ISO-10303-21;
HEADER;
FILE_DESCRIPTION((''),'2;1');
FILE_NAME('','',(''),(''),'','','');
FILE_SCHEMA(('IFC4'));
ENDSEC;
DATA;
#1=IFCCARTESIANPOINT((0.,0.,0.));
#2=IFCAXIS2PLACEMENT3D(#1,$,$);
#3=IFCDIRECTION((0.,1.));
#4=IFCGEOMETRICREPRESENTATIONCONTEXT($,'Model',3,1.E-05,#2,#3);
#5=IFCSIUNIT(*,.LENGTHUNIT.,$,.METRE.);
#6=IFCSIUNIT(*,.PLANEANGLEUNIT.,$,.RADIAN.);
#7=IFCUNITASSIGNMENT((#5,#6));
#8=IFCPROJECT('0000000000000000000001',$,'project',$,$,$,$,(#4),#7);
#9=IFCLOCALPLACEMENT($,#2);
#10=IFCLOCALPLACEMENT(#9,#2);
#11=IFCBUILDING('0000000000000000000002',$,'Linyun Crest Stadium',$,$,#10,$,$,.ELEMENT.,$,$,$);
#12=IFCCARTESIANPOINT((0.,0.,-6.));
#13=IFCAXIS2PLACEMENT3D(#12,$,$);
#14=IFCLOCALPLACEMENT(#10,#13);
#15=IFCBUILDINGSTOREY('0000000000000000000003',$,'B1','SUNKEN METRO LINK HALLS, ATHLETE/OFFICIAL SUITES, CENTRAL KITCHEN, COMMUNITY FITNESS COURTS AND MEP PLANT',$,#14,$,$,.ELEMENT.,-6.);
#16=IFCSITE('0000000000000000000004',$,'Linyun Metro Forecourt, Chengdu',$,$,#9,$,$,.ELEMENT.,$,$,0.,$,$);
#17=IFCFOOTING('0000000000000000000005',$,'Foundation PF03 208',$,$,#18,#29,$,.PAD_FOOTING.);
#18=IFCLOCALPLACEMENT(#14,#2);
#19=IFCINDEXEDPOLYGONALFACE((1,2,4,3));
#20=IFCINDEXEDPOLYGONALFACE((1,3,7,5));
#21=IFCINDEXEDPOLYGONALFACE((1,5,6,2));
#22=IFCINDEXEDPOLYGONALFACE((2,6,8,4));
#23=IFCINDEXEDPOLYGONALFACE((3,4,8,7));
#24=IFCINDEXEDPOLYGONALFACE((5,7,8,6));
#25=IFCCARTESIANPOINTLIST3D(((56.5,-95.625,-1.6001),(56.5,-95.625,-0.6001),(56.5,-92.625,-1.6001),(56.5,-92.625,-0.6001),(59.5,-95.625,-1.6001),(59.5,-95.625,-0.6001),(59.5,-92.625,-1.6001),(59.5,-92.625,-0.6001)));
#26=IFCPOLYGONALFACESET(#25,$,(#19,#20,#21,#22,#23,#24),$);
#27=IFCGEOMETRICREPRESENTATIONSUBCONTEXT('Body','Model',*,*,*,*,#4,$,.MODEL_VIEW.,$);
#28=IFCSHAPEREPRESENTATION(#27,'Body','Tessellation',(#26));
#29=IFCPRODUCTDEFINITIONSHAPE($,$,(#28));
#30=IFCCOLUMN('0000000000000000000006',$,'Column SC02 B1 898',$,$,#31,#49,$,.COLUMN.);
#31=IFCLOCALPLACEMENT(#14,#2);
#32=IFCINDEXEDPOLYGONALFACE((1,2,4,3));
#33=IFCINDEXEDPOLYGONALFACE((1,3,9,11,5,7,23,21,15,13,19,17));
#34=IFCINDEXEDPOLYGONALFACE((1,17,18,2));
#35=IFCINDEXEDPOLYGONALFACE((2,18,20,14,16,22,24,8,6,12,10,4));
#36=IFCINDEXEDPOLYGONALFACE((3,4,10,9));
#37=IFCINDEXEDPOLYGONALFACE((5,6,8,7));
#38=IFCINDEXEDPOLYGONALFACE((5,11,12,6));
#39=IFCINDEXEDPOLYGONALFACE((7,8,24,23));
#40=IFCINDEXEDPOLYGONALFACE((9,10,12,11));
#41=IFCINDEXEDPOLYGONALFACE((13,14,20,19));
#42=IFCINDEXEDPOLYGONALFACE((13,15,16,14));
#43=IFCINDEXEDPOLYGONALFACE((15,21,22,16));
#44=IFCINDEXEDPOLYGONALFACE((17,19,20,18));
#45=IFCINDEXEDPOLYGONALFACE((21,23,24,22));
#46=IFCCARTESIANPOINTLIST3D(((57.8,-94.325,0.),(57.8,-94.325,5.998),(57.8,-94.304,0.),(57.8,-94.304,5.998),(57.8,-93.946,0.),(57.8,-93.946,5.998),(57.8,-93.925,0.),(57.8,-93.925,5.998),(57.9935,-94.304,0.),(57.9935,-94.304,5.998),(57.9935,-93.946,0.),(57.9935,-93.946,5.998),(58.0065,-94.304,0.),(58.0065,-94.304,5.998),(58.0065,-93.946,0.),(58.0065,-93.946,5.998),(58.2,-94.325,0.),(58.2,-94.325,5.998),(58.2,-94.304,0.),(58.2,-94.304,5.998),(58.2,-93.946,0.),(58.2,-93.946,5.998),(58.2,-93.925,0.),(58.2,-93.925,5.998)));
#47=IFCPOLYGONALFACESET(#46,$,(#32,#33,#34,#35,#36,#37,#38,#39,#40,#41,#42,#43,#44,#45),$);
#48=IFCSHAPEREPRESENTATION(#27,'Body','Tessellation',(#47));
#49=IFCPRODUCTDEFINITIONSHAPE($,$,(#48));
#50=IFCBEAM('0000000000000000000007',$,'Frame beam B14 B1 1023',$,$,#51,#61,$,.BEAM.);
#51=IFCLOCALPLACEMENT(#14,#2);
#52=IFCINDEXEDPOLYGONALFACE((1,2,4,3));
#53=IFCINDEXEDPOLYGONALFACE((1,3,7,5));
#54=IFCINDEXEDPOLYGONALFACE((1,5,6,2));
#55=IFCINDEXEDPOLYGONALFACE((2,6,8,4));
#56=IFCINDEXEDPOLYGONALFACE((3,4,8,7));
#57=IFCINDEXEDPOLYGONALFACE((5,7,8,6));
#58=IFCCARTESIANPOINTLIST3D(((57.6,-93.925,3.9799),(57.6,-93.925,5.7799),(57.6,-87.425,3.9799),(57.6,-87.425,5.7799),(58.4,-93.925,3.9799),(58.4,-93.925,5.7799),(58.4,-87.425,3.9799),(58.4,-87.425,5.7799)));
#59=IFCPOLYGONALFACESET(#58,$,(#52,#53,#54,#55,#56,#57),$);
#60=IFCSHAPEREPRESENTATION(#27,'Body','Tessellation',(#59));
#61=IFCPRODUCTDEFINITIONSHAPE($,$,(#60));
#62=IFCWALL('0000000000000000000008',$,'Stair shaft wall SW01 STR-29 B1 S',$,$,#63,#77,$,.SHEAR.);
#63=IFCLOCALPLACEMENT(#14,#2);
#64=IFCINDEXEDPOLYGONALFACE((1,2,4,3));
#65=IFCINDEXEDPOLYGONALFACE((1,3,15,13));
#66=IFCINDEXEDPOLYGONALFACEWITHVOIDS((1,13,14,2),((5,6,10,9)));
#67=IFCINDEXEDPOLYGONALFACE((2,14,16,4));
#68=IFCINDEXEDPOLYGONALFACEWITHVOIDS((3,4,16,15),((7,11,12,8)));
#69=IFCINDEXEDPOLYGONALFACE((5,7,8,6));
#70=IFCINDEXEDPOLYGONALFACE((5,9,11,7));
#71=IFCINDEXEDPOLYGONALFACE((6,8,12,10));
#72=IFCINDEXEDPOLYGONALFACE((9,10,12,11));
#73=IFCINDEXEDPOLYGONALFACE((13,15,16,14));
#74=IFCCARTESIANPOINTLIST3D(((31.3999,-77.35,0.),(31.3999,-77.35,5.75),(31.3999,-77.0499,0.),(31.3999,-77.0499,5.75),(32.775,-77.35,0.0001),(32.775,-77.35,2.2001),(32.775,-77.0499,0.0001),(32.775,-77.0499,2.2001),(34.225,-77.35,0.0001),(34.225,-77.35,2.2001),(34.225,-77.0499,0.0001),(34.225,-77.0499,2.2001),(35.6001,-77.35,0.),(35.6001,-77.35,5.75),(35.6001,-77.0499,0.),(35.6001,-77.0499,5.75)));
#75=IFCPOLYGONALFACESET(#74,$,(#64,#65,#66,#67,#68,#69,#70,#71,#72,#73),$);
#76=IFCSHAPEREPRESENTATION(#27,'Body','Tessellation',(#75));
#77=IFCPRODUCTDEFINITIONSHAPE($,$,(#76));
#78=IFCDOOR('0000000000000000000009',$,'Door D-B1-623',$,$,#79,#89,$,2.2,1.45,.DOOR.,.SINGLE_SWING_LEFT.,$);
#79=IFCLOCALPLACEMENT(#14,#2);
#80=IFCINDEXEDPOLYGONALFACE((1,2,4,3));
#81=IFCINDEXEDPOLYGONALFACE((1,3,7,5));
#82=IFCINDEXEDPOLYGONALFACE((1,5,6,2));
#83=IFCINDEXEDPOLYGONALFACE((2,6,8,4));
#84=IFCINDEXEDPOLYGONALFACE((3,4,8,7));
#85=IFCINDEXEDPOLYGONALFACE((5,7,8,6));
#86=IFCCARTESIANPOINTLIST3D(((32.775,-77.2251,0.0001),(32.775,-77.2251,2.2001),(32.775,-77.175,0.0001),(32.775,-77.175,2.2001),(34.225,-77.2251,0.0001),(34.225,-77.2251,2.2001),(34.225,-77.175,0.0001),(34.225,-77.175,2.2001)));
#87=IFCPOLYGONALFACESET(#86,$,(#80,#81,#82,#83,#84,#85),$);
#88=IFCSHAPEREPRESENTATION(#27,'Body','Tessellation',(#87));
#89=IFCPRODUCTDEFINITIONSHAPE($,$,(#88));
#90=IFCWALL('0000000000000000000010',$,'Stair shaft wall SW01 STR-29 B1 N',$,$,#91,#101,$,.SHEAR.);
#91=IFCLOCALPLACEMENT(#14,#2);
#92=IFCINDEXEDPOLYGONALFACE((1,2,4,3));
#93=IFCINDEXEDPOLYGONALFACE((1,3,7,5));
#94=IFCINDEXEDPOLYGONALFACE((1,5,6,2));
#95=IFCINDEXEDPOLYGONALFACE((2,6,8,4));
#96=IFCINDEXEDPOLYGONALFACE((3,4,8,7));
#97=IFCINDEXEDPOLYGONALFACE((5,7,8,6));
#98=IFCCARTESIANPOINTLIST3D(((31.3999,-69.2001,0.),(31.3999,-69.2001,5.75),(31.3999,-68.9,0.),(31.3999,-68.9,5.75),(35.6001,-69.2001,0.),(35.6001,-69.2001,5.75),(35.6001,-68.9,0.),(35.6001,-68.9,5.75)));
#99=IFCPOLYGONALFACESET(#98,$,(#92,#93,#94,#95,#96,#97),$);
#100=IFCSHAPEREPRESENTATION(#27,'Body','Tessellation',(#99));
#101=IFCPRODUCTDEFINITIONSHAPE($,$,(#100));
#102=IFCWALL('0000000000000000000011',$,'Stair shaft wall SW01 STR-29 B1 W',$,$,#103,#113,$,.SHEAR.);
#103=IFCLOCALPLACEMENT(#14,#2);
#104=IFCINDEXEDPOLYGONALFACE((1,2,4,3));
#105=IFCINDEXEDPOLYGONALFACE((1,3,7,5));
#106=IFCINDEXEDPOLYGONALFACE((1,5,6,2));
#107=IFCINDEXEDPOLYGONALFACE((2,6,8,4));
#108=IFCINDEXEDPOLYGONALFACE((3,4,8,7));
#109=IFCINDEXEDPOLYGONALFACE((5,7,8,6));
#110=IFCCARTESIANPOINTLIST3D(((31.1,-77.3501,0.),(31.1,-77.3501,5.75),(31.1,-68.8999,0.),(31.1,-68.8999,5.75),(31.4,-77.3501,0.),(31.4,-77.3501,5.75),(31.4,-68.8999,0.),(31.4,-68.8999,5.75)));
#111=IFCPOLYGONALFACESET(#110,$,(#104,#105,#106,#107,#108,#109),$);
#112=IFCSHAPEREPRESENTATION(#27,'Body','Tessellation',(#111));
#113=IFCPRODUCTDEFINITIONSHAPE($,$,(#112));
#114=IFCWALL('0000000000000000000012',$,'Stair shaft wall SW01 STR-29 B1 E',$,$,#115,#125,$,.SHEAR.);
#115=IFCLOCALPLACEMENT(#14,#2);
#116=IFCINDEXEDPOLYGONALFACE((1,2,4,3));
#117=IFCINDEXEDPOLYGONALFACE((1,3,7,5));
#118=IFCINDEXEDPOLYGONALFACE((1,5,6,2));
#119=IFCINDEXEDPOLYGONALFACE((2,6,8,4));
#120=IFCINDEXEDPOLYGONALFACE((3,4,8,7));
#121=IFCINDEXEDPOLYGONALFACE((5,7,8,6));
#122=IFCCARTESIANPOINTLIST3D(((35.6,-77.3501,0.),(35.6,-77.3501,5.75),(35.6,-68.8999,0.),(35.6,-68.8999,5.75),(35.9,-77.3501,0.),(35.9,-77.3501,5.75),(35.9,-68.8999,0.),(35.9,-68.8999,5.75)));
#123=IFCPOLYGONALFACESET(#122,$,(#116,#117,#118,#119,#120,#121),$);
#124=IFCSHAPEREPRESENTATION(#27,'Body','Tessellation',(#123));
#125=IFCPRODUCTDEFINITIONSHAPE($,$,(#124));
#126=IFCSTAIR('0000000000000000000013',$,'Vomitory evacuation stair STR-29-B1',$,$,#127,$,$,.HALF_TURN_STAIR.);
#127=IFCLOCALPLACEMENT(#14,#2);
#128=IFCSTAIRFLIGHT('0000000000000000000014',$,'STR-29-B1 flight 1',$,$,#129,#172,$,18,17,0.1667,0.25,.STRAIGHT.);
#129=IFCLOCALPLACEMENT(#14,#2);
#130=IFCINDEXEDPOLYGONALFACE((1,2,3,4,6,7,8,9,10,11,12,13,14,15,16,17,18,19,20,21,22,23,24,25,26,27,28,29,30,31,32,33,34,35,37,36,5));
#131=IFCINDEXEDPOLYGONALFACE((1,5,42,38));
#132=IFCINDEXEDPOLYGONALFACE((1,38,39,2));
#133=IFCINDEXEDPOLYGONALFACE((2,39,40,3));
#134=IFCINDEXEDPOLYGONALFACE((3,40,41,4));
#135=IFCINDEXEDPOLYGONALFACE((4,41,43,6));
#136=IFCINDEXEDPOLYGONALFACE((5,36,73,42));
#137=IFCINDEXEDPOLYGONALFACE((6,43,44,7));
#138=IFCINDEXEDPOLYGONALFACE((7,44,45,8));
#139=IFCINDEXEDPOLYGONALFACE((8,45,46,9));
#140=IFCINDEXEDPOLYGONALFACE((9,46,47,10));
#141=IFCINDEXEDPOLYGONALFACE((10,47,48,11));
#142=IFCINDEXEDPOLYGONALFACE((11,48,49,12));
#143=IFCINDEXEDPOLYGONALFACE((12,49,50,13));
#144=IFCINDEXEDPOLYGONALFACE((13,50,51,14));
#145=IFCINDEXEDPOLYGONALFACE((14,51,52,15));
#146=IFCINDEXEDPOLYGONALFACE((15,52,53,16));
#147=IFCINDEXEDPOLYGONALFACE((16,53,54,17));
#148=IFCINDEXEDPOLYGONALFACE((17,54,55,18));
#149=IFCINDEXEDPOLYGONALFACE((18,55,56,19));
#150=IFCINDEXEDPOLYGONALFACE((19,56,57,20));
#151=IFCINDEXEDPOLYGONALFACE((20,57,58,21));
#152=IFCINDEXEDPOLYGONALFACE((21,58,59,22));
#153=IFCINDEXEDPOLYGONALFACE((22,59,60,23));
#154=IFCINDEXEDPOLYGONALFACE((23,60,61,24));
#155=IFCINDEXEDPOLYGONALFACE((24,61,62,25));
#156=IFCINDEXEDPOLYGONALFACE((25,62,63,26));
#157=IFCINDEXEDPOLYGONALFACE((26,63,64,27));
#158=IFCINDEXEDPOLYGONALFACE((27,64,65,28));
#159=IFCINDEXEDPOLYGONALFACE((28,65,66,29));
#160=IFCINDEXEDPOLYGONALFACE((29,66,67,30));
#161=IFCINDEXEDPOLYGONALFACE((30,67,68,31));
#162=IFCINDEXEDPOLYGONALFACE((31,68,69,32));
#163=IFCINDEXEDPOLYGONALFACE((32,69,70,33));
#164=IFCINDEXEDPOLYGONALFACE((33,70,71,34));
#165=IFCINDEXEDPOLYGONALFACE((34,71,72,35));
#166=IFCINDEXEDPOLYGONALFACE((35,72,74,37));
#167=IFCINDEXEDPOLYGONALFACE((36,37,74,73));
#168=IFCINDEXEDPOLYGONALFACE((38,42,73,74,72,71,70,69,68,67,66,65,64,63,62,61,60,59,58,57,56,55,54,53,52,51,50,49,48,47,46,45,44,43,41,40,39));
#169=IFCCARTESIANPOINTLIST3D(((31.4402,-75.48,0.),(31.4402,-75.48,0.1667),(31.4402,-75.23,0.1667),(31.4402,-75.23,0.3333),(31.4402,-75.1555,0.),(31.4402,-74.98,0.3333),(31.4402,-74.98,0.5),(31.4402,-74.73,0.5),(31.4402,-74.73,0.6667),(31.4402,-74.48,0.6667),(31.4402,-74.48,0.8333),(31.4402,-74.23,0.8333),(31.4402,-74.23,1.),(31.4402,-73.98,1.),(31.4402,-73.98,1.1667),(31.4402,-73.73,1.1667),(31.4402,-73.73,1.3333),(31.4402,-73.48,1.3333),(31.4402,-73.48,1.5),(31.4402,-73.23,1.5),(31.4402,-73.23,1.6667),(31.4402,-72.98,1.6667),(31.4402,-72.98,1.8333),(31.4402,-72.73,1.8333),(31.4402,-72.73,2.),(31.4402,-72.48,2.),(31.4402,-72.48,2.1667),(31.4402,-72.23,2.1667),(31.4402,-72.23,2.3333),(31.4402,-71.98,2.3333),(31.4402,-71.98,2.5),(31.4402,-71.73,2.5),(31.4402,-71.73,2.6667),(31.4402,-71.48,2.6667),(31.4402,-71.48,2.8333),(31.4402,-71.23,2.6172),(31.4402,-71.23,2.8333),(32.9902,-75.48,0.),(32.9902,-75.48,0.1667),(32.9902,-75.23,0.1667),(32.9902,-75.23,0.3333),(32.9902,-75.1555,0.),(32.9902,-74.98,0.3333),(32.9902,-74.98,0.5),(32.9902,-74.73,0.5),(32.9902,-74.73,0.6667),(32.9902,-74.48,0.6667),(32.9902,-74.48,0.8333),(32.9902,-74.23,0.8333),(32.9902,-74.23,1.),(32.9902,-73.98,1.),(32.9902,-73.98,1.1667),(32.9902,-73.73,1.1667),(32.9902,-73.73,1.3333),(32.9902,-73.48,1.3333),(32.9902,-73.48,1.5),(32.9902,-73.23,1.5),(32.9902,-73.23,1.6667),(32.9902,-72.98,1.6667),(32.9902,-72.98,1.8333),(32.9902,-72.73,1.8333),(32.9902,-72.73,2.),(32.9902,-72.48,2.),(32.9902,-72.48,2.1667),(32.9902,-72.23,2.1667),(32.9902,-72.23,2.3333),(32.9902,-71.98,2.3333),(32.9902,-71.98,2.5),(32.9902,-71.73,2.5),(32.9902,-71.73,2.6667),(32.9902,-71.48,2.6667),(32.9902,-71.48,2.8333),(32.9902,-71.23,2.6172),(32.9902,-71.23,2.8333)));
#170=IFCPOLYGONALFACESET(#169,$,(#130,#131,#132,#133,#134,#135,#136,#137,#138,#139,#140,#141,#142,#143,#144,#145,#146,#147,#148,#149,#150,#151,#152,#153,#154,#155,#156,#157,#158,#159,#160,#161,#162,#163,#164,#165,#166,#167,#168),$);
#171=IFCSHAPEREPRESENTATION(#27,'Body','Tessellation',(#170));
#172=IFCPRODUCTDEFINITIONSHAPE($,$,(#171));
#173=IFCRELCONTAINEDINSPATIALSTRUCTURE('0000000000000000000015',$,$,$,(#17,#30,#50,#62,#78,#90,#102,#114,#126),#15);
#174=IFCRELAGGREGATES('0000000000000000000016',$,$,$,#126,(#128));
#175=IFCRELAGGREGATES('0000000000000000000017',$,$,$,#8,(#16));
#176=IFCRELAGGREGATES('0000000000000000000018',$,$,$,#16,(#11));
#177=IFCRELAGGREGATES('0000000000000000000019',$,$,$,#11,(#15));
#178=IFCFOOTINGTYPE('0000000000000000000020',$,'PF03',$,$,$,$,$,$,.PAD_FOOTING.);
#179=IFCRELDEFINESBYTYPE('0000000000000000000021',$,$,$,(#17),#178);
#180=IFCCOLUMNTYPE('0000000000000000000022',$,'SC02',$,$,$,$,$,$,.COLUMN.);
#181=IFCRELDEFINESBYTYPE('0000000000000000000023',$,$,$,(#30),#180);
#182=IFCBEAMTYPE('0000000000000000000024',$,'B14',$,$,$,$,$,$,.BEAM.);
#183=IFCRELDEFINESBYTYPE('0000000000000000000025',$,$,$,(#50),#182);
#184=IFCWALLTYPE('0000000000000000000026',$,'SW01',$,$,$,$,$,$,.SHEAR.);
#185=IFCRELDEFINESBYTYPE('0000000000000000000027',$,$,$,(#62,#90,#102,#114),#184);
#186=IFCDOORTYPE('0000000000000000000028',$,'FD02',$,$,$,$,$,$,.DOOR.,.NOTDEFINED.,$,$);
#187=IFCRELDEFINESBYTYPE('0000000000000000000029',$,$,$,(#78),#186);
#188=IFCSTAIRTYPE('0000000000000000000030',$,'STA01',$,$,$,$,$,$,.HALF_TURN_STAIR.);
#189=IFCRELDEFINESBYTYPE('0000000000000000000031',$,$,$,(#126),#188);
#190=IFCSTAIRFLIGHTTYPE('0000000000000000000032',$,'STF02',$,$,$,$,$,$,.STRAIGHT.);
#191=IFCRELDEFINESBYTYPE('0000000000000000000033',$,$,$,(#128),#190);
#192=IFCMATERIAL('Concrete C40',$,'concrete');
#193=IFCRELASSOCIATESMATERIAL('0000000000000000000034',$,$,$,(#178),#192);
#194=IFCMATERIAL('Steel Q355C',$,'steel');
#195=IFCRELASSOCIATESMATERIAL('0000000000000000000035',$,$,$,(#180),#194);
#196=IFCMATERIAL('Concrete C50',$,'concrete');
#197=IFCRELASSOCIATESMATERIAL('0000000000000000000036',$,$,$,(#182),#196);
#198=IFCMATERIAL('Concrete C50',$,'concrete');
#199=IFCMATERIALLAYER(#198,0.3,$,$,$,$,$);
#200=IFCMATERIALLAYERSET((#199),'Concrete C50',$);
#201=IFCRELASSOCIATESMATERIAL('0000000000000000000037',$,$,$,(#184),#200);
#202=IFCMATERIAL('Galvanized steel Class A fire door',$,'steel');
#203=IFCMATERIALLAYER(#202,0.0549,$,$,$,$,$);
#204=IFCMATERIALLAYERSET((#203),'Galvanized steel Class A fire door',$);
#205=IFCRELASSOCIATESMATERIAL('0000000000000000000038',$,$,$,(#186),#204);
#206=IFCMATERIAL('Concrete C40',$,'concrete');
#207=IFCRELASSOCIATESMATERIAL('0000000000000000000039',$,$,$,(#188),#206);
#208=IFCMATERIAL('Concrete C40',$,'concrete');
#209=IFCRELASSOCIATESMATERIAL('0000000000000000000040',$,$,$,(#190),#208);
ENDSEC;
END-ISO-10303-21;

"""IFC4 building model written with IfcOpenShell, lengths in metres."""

from ifc_helpers import new_model, si_unit, direction, frame, frame_2d, origin, origin_2d, place, context, subcontext, project, spatial, polyline, rectangle, i_section, outline, extrude, material, layer, layer_set, material_profile, profile_set, type_object, element, fill, aggregate, save


model = new_model("IFC4")

# Units and contexts
model_context = context("Model", 3, precision=1e-05, world=origin(), true_north=direction((0.0, 1.0)))
body_context = subcontext(model_context, "Body", "Model", "MODEL_VIEW")
ifc_project = project(units=[si_unit("LENGTHUNIT", "METRE"), si_unit("PLANEANGLEUNIT", "RADIAN")], contexts=[model_context])

# Site, building, storey
site_placement = place(None, origin())
site = spatial("IfcSite", under=ifc_project, at=site_placement, Name="Linyun Metro Forecourt, Chengdu", CompositionType="ELEMENT", RefElevation=0.0)
building_placement = place(site_placement, origin())
building = spatial("IfcBuilding", under=site, at=building_placement, Name="Linyun Crest Stadium", CompositionType="ELEMENT")
storey_placement = place(building_placement, frame((0.0, 0.0, -6.0)))
storey = spatial("IfcBuildingStorey", under=building, at=storey_placement, Name="B1", Description="SUNKEN METRO LINK HALLS, ATHLETE/OFFICIAL SUITES, CENTRAL KITCHEN, COMMUNITY FITNESS COURTS AND MEP PLANT", CompositionType="ELEMENT", Elevation=-6.0)

# Footing
ifc_material_1 = material(Name="Concrete C40", Category="concrete")
footing_type_1 = type_object("IfcFootingType", Name="PF03", PredefinedType="PAD_FOOTING", material=ifc_material_1)
footing_1_placement = place(storey_placement, frame((58.0, -94.125, -1.6001), z_axis=(0.0, 0.0, 1.0), x_axis=(1.0, 0.0, 0.0)))
element("IfcFooting", 1, at=footing_1_placement, inside=storey, type_object=footing_type_1, Name="Foundation PF03 208", PredefinedType="PAD_FOOTING", context=body_context, shape_type="SweptSolid", body=[
    extrude(rectangle(XDim=3.0, YDim=3.0, at=origin_2d()), origin(), (0.0, 0.0, 1.0), 1.0),
])

# Column
ifc_material_2 = material(Name="Steel Q355C", Category="steel")
ifc_material_profile_1 = material_profile(ifc_material_2, i_section(OverallWidth=0.3999, OverallDepth=0.3999, WebThickness=0.0129, FlangeThickness=0.021, at=origin_2d()), Name="HW 400x400")
ifc_profile_set_1 = profile_set([ifc_material_profile_1], Name="Steel Q355C")
column_type = type_object("IfcColumnType", Name="SC02", PredefinedType="COLUMN", material=ifc_profile_set_1)
column_placement = place(storey_placement, frame((58.0, -94.125, 0.0), z_axis=(0.0, 0.0, 1.0), x_axis=(1.0, 0.0, 0.0)))
element("IfcColumn", 2, at=column_placement, inside=storey, type_object=column_type, Name="Column SC02 B1 898", PredefinedType="COLUMN", context=body_context, shape_type="SweptSolid", body=[
    extrude(i_section(OverallWidth=0.3999, OverallDepth=0.3999, WebThickness=0.0129, FlangeThickness=0.021, at=origin_2d()), origin(), (0.0, 0.0, 1.0), 5.998),
])

# Beam
ifc_material_3 = material(Name="Concrete C50", Category="concrete")
ifc_material_profile_2 = material_profile(ifc_material_3, rectangle(XDim=0.8, YDim=1.8, at=origin_2d()), Name="RCB 1800x800")
ifc_profile_set_2 = profile_set([ifc_material_profile_2], Name="Concrete C50")
beam_type = type_object("IfcBeamType", Name="B14", PredefinedType="BEAM", material=ifc_profile_set_2)
beam_placement = place(storey_placement, frame((58.0, -93.925, 4.8799), z_axis=(0.0, 1.0, 0.0), x_axis=(-1.0, 0.0, 0.0)))
element("IfcBeam", 3, at=beam_placement, inside=storey, type_object=beam_type, Name="Frame beam B14 B1 1023", PredefinedType="BEAM", context=body_context, shape_type="SweptSolid", body=[
    extrude(rectangle(XDim=0.8, YDim=1.8, at=origin_2d()), origin(), (0.0, 0.0, 1.0), 6.5),
])

# Wall, opening, door
ifc_material_4 = material(Name="Concrete C50", Category="concrete")
ifc_layer_1 = layer(ifc_material_4, 0.3)
ifc_layer_set_1 = layer_set([ifc_layer_1], Name="Concrete C50")
wall_type = type_object("IfcWallType", Name="SW01", PredefinedType="SHEAR", material=ifc_layer_set_1)
wall_1_placement = place(storey_placement, frame((31.3999, -77.2, 0.0), z_axis=(0.0, 0.0, 1.0), x_axis=(1.0, 0.0, 0.0)))
wall_1 = element("IfcWall", 4, at=wall_1_placement, inside=storey, type_object=wall_type, Name="Stair shaft wall SW01 STR-29 B1 S", PredefinedType="SHEAR", context=body_context, shape_type="SweptSolid", body=[
    extrude(rectangle(XDim=4.2002, YDim=0.3, at=frame_2d((2.1001, 0.0))), origin(), (0.0, 0.0, 1.0), 5.75),
])
opening_placement = place(wall_1_placement, frame((1.375, 0.0, 0.0)))
opening = element("IfcOpeningElement", 5, at=opening_placement, cuts=wall_1, PredefinedType="OPENING", context=body_context, shape_type="SweptSolid", body=[
    extrude(rectangle(XDim=1.45, YDim=2.2, at=frame_2d((0.7251, 1.1001))), frame((0.0, 0.1599, 0.0), z_axis=(0.0, -1.0, 0.0), x_axis=(1.0, 0.0, 0.0)), (0.0, 0.0, 1.0), 0.3201),
])
ifc_material_5 = material(Name="Galvanized steel Class A fire door", Category="steel")
ifc_layer_2 = layer(ifc_material_5, 0.0549)
ifc_layer_set_2 = layer_set([ifc_layer_2], Name="Galvanized steel Class A fire door")
door_type = type_object("IfcDoorType", Name="FD02", OperationType="NOTDEFINED", PredefinedType="DOOR", material=ifc_layer_set_2)
door_placement = place(opening_placement, origin())
door = element("IfcDoor", 6, at=door_placement, inside=storey, type_object=door_type, Name="Door D-B1-623", OperationType="SINGLE_SWING_LEFT", OverallHeight=2.2, OverallWidth=1.45, PredefinedType="DOOR", context=body_context, shape_type="SweptSolid", body=[
    extrude(rectangle(XDim=1.45, YDim=2.2, at=frame_2d((0.7251, 1.1001))), frame((0.0, 0.0249, 0.0), z_axis=(0.0, -1.0, 0.0), x_axis=(1.0, 0.0, 0.0)), (0.0, 0.0, 1.0), 0.05),
])
fill(opening, door)

# Walls
wall_2_placement = place(storey_placement, frame((31.3999, -69.05, 0.0), z_axis=(0.0, 0.0, 1.0), x_axis=(1.0, 0.0, 0.0)))
element("IfcWall", 7, at=wall_2_placement, inside=storey, type_object=wall_type, Name="Stair shaft wall SW01 STR-29 B1 N", PredefinedType="SHEAR", context=body_context, shape_type="SweptSolid", body=[
    extrude(rectangle(XDim=4.2002, YDim=0.3, at=frame_2d((2.1001, 0.0))), origin(), (0.0, 0.0, 1.0), 5.75),
])
for number, where, z_axis, x_axis, name in (
    (8, (31.25, -77.3501, 0.0), (0.0, 0.0, 1.0), (0.0, 1.0, 0.0), "Stair shaft wall SW01 STR-29 B1 W"),
    (9, (35.75, -77.3501, 0.0), (0.0, 0.0, 1.0), (0.0, 1.0, 0.0), "Stair shaft wall SW01 STR-29 B1 E"),
):
    element("IfcWall", number, at=place(storey_placement, frame(where, z_axis=z_axis, x_axis=x_axis)), inside=storey, type_object=wall_type, Name=name, PredefinedType="SHEAR", context=body_context, shape_type="SweptSolid", body=[
        extrude(rectangle(XDim=8.4502, YDim=0.3, at=frame_2d((4.2251, 0.0))), origin(), (0.0, 0.0, 1.0), 5.75),
    ])

# Stair, stair flight
ifc_material_6 = material(Name="Concrete C40", Category="concrete")
stair_type = type_object("IfcStairType", Name="STA01", PredefinedType="HALF_TURN_STAIR", material=ifc_material_6)
stair_placement = place(storey_placement, origin())
stair = element("IfcStair", 10, at=stair_placement, inside=storey, type_object=stair_type, Name="Vomitory evacuation stair STR-29-B1", PredefinedType="HALF_TURN_STAIR")
ifc_material_7 = material(Name="Concrete C40", Category="concrete")
stair_flight_type = type_object("IfcStairFlightType", Name="STF02", PredefinedType="STRAIGHT", material=ifc_material_7)
stair_flight_1_placement = place(storey_placement, frame((32.2151, -75.48, 0.0), z_axis=(0.0, 0.0, 1.0), x_axis=(0.0, 1.0, 0.0)))
stair_flight_1 = element("IfcStairFlight", 11, at=stair_flight_1_placement, type_object=stair_flight_type, Name="STR-29-B1 flight 1", NumberOfRisers=18, NumberOfTreads=17, PredefinedType="STRAIGHT", RiserHeight=0.1667, TreadLength=0.25, context=body_context, shape_type="SweptSolid", body=[
    extrude(outline(polyline([(0.0, 0.0), (0.0, 0.1667), (0.25, 0.1667), (0.25, 0.3333), (0.5, 0.3333), (0.5, 0.5), (0.75, 0.5), (0.75, 0.6667), (1.0, 0.6667), (1.0, 0.8333), (1.25, 0.8333), (1.25, 1.0), (1.5, 1.0), (1.5, 1.1667), (1.75, 1.1667), (1.75, 1.3333), (2.0, 1.3333), (2.0, 1.5), (2.25, 1.5), (2.25, 1.6667), (2.5, 1.6667), (2.5, 1.8333), (2.75, 1.8333), (2.75, 2.0), (3.0, 2.0), (3.0, 2.1667), (3.25, 2.1667), (3.25, 2.3333), (3.5, 2.3333), (3.5, 2.5), (3.75, 2.5), (3.75, 2.6667), (4.0, 2.6667), (4.0, 2.8333), (4.25, 2.8333), (4.25, 3.0), (4.25, 2.6172), (0.3245, 0.0), (0.0, 0.0)])), frame((0.0, 0.7749, 0.0), z_axis=(0.0, -1.0, 0.0), x_axis=(1.0, 0.0, 0.0)), (0.0, 0.0, 1.0), 1.55),
])
aggregate(stair, [stair_flight_1])

save(model, "model.ifc")
